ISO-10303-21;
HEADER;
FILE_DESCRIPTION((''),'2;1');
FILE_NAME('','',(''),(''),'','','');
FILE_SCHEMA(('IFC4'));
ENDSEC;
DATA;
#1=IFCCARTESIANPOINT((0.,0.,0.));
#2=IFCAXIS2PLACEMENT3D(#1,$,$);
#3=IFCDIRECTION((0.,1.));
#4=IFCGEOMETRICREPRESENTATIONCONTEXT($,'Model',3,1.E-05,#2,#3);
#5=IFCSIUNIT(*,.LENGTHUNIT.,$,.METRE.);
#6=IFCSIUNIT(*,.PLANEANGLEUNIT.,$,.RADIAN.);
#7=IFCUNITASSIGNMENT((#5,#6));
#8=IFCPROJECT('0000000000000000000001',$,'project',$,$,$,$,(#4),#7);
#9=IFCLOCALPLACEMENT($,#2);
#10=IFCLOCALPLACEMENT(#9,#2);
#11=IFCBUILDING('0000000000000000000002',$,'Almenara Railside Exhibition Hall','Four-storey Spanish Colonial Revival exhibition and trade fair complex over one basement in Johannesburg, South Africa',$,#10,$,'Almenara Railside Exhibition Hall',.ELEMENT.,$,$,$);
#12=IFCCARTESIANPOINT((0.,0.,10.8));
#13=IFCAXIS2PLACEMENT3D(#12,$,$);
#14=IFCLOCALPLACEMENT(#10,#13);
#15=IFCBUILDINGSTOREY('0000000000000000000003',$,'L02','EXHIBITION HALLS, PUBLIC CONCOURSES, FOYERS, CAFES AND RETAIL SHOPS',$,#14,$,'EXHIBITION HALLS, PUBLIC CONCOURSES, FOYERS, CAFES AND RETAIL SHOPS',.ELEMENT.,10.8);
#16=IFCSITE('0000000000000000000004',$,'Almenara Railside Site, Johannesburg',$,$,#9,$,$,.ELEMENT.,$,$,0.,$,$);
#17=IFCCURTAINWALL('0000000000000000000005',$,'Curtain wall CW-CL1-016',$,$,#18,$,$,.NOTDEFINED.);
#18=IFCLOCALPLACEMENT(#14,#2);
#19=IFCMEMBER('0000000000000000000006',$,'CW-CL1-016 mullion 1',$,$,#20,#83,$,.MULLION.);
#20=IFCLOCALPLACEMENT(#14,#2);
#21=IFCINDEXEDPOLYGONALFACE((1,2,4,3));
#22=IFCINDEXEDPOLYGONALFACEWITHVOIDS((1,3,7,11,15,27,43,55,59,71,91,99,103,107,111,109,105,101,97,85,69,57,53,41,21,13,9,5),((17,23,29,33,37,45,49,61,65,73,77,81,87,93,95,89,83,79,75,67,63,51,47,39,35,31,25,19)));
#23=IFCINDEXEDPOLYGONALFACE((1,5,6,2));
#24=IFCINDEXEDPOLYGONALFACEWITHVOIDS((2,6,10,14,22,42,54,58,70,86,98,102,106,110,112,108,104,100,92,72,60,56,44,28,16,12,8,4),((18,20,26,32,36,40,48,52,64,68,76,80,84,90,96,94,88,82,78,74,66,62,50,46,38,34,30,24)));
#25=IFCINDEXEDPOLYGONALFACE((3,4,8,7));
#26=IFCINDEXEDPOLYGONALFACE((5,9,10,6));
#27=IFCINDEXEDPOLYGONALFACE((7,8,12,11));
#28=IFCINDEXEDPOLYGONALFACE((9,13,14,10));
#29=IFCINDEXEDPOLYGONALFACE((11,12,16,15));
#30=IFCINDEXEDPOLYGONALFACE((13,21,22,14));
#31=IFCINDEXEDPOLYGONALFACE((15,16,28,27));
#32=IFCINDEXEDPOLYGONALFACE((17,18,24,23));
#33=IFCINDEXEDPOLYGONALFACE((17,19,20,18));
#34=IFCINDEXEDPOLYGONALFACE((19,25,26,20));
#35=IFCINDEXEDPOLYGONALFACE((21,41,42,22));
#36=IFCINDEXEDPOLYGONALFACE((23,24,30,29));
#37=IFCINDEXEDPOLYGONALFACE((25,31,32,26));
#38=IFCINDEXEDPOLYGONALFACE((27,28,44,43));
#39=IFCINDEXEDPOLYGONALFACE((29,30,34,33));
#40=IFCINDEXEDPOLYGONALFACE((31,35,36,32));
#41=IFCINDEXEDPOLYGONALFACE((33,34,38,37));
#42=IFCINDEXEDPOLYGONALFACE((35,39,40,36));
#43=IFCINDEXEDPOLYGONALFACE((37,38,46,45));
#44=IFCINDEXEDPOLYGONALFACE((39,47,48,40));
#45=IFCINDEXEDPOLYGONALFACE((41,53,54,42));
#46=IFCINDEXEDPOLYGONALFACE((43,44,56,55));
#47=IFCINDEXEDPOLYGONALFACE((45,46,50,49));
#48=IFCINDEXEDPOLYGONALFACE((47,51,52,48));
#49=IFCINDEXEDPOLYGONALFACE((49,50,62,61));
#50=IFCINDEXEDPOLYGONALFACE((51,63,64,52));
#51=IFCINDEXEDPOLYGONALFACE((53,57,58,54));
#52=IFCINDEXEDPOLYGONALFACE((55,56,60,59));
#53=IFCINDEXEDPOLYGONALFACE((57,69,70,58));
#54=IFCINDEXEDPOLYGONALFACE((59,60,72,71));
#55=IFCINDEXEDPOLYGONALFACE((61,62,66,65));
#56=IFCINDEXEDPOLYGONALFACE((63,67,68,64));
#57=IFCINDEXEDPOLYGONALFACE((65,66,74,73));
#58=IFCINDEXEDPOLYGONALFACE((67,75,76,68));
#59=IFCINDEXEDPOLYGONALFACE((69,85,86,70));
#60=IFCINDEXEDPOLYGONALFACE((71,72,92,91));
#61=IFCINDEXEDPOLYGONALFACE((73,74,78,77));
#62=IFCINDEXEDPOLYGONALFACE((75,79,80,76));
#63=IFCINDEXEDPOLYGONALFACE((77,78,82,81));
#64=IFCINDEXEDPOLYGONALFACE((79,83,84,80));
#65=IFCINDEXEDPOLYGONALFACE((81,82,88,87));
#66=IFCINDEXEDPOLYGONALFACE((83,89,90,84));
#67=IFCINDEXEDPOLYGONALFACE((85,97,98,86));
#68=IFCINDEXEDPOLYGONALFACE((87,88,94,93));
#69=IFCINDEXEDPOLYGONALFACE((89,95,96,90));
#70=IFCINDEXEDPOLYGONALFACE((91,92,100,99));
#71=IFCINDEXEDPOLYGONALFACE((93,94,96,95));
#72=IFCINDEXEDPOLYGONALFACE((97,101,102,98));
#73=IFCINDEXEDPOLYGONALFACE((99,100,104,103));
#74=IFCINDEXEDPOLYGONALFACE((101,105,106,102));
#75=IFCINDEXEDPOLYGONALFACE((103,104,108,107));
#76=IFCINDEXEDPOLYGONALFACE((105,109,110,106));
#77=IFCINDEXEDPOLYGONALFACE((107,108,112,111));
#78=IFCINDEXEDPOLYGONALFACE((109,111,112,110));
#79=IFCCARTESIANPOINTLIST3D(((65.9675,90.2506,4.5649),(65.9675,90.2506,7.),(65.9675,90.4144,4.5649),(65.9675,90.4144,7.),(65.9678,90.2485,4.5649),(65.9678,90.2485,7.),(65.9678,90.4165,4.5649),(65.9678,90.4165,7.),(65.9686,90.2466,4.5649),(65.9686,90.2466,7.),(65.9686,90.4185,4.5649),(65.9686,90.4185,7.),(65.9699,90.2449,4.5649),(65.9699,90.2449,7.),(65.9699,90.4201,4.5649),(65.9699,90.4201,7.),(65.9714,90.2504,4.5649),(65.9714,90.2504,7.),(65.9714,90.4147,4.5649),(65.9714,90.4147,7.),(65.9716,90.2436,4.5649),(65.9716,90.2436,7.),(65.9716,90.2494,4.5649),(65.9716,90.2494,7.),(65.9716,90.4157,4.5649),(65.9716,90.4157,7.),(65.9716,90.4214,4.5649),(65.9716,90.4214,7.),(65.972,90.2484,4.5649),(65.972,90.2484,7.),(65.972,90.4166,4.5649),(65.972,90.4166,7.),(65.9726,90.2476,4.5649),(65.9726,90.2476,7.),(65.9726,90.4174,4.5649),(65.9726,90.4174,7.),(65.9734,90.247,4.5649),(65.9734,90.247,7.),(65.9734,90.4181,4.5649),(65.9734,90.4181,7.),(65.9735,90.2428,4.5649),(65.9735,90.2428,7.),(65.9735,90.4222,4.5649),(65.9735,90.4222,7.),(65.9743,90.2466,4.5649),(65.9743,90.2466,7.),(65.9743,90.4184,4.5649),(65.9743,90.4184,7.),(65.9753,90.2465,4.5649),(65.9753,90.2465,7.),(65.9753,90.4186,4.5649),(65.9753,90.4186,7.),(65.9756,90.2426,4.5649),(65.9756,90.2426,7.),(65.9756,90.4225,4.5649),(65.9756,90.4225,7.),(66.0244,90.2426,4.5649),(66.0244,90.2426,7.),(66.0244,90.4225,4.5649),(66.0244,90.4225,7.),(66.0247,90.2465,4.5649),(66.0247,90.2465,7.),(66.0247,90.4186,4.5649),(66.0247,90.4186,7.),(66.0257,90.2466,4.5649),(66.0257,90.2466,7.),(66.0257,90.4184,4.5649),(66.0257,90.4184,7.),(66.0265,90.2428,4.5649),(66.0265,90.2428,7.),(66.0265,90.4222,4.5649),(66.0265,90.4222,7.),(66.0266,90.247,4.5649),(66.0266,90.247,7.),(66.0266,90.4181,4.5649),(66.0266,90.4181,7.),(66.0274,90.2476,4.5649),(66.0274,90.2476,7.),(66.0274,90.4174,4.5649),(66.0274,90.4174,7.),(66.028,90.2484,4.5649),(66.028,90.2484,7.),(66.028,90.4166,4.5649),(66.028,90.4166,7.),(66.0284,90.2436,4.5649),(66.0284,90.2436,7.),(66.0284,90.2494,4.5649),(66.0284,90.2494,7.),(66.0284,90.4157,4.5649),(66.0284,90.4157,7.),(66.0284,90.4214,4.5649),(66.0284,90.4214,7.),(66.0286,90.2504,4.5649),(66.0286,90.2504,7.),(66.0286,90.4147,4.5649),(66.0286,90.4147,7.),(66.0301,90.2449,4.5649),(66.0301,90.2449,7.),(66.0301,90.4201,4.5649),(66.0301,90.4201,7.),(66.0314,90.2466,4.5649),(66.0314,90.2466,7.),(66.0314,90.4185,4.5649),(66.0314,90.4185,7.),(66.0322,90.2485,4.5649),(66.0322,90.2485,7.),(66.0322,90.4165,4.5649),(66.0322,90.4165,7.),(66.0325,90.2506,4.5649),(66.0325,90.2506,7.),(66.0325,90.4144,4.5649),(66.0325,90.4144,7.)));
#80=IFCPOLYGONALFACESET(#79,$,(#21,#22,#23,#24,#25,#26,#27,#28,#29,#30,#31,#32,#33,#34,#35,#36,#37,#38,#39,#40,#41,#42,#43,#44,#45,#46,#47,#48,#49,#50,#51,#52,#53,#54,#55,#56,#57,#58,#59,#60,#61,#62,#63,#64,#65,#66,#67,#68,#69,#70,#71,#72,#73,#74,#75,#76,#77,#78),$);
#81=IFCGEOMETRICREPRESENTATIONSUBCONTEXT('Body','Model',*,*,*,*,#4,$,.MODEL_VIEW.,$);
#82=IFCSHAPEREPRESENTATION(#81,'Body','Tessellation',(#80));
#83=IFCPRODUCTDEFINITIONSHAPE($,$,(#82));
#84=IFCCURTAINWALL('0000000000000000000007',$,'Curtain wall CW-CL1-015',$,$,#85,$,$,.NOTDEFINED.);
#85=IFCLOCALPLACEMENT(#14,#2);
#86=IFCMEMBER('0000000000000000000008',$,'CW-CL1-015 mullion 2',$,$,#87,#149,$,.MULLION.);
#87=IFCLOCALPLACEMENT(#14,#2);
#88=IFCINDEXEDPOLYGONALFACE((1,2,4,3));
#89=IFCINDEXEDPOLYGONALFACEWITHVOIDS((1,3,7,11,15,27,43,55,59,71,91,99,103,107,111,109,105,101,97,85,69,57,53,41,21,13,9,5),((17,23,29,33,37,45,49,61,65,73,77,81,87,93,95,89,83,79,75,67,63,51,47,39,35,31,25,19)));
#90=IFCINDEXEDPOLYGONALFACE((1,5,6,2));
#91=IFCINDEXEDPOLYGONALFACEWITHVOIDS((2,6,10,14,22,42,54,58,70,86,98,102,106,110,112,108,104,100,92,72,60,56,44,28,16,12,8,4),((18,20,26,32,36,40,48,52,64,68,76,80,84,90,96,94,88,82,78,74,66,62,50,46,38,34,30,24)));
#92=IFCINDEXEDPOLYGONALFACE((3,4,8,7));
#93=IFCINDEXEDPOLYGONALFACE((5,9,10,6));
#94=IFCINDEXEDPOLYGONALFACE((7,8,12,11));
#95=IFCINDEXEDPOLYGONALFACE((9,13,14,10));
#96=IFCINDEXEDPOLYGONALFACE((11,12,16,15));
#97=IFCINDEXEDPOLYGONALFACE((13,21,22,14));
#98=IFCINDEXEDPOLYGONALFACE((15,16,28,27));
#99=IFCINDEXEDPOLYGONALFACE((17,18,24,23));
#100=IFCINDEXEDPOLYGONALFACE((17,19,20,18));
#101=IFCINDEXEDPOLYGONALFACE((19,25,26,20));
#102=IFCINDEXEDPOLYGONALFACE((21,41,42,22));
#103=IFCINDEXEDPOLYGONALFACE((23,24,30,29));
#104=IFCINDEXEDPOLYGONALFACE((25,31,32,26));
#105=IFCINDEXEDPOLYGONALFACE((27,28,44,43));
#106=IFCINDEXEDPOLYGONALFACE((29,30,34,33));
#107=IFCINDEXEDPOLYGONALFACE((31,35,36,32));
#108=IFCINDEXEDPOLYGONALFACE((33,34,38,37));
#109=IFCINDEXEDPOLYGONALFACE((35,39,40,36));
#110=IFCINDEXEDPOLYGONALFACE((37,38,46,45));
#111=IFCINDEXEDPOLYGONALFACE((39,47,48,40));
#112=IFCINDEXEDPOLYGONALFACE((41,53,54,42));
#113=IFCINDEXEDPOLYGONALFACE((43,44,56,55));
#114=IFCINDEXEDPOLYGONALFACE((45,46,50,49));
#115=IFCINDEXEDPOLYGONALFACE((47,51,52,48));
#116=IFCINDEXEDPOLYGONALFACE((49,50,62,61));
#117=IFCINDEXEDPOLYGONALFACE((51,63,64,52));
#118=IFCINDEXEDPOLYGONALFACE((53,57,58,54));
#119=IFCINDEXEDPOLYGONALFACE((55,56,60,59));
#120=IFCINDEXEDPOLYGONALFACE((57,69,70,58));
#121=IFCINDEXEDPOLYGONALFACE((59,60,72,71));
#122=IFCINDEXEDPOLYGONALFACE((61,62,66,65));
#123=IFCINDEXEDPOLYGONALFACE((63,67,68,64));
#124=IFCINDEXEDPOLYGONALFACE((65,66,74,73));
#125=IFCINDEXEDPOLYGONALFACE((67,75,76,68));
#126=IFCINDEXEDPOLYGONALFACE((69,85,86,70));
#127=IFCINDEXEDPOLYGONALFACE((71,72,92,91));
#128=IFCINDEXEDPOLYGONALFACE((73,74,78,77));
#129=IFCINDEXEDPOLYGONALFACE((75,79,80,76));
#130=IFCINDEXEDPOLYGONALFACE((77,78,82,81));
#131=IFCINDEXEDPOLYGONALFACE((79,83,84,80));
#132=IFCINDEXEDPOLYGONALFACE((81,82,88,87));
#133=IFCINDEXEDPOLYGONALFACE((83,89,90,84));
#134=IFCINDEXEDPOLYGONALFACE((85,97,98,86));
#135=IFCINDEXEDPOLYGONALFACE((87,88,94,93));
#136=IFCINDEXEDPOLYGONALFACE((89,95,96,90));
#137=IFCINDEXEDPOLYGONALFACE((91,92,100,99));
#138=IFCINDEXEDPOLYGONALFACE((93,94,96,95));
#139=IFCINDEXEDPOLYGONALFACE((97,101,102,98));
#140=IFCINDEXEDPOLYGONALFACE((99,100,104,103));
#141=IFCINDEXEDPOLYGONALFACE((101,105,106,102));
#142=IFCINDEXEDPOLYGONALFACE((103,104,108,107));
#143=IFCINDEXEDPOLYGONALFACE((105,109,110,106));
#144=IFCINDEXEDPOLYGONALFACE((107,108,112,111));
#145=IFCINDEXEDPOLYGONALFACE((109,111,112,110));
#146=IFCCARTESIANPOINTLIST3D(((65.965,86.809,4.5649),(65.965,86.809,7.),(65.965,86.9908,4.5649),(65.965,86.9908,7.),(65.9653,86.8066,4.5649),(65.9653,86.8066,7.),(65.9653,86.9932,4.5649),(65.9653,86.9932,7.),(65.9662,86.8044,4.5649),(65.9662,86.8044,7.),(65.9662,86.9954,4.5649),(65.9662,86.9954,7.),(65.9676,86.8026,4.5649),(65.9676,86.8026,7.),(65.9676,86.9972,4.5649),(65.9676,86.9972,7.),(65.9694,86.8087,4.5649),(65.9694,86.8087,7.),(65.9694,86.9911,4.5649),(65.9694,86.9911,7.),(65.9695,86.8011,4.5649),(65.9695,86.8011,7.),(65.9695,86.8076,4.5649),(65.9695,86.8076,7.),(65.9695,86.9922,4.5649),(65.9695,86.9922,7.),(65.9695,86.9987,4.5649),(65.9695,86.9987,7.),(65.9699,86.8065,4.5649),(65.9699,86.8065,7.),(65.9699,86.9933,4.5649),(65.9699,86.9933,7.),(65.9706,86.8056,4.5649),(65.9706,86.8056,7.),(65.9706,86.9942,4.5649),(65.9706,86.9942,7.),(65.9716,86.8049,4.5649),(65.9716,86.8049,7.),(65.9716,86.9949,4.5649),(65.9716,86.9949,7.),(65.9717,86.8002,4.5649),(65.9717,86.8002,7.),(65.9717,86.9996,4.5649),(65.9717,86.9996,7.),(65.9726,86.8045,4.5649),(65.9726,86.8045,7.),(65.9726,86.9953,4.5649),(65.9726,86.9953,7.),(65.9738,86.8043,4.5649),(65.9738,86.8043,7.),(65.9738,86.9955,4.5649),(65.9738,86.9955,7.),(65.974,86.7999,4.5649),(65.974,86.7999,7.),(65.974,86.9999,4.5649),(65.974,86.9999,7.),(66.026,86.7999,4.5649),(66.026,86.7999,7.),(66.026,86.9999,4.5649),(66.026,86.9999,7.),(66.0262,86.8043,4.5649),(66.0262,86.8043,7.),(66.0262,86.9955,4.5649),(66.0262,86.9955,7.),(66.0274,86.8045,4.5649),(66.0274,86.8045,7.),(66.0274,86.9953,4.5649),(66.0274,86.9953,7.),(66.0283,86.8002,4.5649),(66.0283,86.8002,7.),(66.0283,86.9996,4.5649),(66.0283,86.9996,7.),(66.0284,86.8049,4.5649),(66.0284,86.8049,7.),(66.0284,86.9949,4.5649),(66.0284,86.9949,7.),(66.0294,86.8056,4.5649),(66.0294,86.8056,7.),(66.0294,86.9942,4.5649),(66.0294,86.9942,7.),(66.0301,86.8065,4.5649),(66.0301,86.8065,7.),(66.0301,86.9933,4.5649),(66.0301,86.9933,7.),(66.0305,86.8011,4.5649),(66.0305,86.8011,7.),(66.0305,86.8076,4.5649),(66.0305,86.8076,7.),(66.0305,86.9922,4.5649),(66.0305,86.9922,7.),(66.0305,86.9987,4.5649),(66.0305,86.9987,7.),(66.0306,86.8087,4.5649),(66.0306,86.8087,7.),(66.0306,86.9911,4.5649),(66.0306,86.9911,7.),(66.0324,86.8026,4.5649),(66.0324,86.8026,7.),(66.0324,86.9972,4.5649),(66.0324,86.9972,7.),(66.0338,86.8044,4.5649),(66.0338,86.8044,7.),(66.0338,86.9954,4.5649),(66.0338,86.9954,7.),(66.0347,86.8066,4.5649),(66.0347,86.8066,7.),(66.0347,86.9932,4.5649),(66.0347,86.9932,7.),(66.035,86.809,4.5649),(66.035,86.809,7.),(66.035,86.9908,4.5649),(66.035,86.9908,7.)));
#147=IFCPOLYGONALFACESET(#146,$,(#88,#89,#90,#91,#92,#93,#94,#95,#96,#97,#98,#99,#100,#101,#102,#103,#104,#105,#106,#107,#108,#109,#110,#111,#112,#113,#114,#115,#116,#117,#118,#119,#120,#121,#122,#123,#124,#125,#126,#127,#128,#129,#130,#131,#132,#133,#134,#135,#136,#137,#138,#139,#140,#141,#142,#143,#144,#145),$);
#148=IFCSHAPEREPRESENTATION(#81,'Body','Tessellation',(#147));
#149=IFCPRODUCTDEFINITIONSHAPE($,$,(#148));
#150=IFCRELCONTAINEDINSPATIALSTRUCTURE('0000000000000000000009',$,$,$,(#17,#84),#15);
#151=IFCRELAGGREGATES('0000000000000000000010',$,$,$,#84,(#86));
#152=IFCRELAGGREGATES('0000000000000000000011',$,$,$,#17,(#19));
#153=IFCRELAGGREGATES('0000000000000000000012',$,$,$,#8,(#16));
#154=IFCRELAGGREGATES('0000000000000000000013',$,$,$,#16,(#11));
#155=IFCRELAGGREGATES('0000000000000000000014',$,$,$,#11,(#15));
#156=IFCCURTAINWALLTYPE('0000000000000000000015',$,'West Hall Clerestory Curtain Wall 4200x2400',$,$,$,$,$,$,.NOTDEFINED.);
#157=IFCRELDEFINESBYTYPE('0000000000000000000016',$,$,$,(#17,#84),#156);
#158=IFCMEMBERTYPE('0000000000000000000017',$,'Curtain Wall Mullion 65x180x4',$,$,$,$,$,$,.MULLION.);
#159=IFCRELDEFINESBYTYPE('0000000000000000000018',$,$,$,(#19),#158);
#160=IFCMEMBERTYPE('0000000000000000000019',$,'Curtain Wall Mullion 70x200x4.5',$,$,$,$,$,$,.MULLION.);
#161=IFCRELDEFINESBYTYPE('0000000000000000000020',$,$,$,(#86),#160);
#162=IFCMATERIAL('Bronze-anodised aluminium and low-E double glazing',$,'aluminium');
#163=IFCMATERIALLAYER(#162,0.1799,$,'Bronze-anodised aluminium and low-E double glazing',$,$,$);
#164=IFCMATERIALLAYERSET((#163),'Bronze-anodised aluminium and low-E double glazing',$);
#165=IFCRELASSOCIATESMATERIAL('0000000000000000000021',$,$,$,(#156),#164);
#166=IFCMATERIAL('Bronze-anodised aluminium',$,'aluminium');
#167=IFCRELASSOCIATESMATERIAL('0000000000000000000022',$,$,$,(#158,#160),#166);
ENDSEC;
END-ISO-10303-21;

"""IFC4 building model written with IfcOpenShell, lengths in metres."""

from ifc_helpers import new_model, si_unit, direction, frame, origin, origin_2d, place, context, subcontext, project, spatial, hollow_rectangle, extrude, material, layer, layer_set, material_profile, profile_set, type_object, element, aggregate, save


model = new_model("IFC4")

# Units and contexts
model_context = context("Model", 3, precision=1e-05, world=origin(), true_north=direction((0.0, 1.0)))
body_context = subcontext(model_context, "Body", "Model", "MODEL_VIEW")
ifc_project = project(units=[si_unit("LENGTHUNIT", "METRE"), si_unit("PLANEANGLEUNIT", "RADIAN")], contexts=[model_context])

# Site, building, storey
site_placement = place(None, origin())
site = spatial("IfcSite", under=ifc_project, at=site_placement, Name="Almenara Railside Site, Johannesburg", CompositionType="ELEMENT", RefElevation=0.0)
building_placement = place(site_placement, origin())
building = spatial("IfcBuilding", under=site, at=building_placement, Name="Almenara Railside Exhibition Hall", Description="Four-storey Spanish Colonial Revival exhibition and trade fair complex over one basement in Johannesburg, South Africa", LongName="Almenara Railside Exhibition Hall", CompositionType="ELEMENT")
storey_placement = place(building_placement, frame((0.0, 0.0, 10.8)))
storey = spatial("IfcBuildingStorey", under=building, at=storey_placement, Name="L02", Description="EXHIBITION HALLS, PUBLIC CONCOURSES, FOYERS, CAFES AND RETAIL SHOPS", LongName="EXHIBITION HALLS, PUBLIC CONCOURSES, FOYERS, CAFES AND RETAIL SHOPS", CompositionType="ELEMENT", Elevation=10.8)

# Curtain wall, member
ifc_material_1 = material(Name="Bronze-anodised aluminium and low-E double glazing", Category="aluminium")
ifc_layer_1 = layer(ifc_material_1, 0.1799, Name="Bronze-anodised aluminium and low-E double glazing")
ifc_layer_set_1 = layer_set([ifc_layer_1], Name="Bronze-anodised aluminium and low-E double glazing")
curtain_wall_type = type_object("IfcCurtainWallType", Name="West Hall Clerestory Curtain Wall 4200x2400", PredefinedType="NOTDEFINED", material=ifc_layer_set_1)
curtain_wall_1_placement = place(storey_placement, origin())
curtain_wall_1 = element("IfcCurtainWall", 1, at=curtain_wall_1_placement, inside=storey, type_object=curtain_wall_type, Name="Curtain wall CW-CL1-016", PredefinedType="NOTDEFINED")
ifc_material_2 = material(Name="Bronze-anodised aluminium", Category="aluminium")
ifc_material_profile_1 = material_profile(ifc_material_2, hollow_rectangle(XDim=0.0649, YDim=0.1799, WallThickness=0.0039, InnerFilletRadius=0.0039, OuterFilletRadius=0.0081, at=origin_2d()), Name="ALU-MUL 65x180x4")
ifc_profile_set_1 = profile_set([ifc_material_profile_1], Name="Bronze-anodised aluminium")
member_type_1 = type_object("IfcMemberType", Name="Curtain Wall Mullion 65x180x4", PredefinedType="MULLION", material=ifc_profile_set_1)
member_1_placement = place(storey_placement, frame((66.0, 90.3325, 4.5649), z_axis=(0.0, 0.0, 1.0), x_axis=(-1.0, 0.0, 0.0)))
member_1 = element("IfcMember", 2, at=member_1_placement, type_object=member_type_1, Name="CW-CL1-016 mullion 1", PredefinedType="MULLION", context=body_context, shape_type="SweptSolid", body=[
    extrude(hollow_rectangle(XDim=0.0649, YDim=0.1799, WallThickness=0.0039, InnerFilletRadius=0.0039, OuterFilletRadius=0.0081, at=origin_2d()), origin(), (0.0, 0.0, 1.0), 2.4351),
])

# Curtain wall, member
curtain_wall_2_placement = place(storey_placement, origin())
curtain_wall_2 = element("IfcCurtainWall", 3, at=curtain_wall_2_placement, inside=storey, type_object=curtain_wall_type, Name="Curtain wall CW-CL1-015", PredefinedType="NOTDEFINED")
ifc_material_profile_2 = material_profile(ifc_material_2, hollow_rectangle(XDim=0.0701, YDim=0.2, WallThickness=0.0044, InnerFilletRadius=0.0044, OuterFilletRadius=0.009, at=origin_2d()), Name="ALU-MUL 70x200x4.5")
ifc_profile_set_2 = profile_set([ifc_material_profile_2], Name="Bronze-anodised aluminium")
member_type_2 = type_object("IfcMemberType", Name="Curtain Wall Mullion 70x200x4.5", PredefinedType="MULLION", material=ifc_profile_set_2)
member_2_placement = place(storey_placement, frame((66.0, 86.8999, 4.5649), z_axis=(0.0, 0.0, 1.0), x_axis=(-1.0, 0.0, 0.0)))
member_2 = element("IfcMember", 4, at=member_2_placement, type_object=member_type_2, Name="CW-CL1-015 mullion 2", PredefinedType="MULLION", context=body_context, shape_type="SweptSolid", body=[
    extrude(hollow_rectangle(XDim=0.0701, YDim=0.2, WallThickness=0.0044, InnerFilletRadius=0.0044, OuterFilletRadius=0.009, at=origin_2d()), origin(), (0.0, 0.0, 1.0), 2.4351),
])

aggregate(curtain_wall_2, [member_2])
aggregate(curtain_wall_1, [member_1])

save(model, "model.ifc")
